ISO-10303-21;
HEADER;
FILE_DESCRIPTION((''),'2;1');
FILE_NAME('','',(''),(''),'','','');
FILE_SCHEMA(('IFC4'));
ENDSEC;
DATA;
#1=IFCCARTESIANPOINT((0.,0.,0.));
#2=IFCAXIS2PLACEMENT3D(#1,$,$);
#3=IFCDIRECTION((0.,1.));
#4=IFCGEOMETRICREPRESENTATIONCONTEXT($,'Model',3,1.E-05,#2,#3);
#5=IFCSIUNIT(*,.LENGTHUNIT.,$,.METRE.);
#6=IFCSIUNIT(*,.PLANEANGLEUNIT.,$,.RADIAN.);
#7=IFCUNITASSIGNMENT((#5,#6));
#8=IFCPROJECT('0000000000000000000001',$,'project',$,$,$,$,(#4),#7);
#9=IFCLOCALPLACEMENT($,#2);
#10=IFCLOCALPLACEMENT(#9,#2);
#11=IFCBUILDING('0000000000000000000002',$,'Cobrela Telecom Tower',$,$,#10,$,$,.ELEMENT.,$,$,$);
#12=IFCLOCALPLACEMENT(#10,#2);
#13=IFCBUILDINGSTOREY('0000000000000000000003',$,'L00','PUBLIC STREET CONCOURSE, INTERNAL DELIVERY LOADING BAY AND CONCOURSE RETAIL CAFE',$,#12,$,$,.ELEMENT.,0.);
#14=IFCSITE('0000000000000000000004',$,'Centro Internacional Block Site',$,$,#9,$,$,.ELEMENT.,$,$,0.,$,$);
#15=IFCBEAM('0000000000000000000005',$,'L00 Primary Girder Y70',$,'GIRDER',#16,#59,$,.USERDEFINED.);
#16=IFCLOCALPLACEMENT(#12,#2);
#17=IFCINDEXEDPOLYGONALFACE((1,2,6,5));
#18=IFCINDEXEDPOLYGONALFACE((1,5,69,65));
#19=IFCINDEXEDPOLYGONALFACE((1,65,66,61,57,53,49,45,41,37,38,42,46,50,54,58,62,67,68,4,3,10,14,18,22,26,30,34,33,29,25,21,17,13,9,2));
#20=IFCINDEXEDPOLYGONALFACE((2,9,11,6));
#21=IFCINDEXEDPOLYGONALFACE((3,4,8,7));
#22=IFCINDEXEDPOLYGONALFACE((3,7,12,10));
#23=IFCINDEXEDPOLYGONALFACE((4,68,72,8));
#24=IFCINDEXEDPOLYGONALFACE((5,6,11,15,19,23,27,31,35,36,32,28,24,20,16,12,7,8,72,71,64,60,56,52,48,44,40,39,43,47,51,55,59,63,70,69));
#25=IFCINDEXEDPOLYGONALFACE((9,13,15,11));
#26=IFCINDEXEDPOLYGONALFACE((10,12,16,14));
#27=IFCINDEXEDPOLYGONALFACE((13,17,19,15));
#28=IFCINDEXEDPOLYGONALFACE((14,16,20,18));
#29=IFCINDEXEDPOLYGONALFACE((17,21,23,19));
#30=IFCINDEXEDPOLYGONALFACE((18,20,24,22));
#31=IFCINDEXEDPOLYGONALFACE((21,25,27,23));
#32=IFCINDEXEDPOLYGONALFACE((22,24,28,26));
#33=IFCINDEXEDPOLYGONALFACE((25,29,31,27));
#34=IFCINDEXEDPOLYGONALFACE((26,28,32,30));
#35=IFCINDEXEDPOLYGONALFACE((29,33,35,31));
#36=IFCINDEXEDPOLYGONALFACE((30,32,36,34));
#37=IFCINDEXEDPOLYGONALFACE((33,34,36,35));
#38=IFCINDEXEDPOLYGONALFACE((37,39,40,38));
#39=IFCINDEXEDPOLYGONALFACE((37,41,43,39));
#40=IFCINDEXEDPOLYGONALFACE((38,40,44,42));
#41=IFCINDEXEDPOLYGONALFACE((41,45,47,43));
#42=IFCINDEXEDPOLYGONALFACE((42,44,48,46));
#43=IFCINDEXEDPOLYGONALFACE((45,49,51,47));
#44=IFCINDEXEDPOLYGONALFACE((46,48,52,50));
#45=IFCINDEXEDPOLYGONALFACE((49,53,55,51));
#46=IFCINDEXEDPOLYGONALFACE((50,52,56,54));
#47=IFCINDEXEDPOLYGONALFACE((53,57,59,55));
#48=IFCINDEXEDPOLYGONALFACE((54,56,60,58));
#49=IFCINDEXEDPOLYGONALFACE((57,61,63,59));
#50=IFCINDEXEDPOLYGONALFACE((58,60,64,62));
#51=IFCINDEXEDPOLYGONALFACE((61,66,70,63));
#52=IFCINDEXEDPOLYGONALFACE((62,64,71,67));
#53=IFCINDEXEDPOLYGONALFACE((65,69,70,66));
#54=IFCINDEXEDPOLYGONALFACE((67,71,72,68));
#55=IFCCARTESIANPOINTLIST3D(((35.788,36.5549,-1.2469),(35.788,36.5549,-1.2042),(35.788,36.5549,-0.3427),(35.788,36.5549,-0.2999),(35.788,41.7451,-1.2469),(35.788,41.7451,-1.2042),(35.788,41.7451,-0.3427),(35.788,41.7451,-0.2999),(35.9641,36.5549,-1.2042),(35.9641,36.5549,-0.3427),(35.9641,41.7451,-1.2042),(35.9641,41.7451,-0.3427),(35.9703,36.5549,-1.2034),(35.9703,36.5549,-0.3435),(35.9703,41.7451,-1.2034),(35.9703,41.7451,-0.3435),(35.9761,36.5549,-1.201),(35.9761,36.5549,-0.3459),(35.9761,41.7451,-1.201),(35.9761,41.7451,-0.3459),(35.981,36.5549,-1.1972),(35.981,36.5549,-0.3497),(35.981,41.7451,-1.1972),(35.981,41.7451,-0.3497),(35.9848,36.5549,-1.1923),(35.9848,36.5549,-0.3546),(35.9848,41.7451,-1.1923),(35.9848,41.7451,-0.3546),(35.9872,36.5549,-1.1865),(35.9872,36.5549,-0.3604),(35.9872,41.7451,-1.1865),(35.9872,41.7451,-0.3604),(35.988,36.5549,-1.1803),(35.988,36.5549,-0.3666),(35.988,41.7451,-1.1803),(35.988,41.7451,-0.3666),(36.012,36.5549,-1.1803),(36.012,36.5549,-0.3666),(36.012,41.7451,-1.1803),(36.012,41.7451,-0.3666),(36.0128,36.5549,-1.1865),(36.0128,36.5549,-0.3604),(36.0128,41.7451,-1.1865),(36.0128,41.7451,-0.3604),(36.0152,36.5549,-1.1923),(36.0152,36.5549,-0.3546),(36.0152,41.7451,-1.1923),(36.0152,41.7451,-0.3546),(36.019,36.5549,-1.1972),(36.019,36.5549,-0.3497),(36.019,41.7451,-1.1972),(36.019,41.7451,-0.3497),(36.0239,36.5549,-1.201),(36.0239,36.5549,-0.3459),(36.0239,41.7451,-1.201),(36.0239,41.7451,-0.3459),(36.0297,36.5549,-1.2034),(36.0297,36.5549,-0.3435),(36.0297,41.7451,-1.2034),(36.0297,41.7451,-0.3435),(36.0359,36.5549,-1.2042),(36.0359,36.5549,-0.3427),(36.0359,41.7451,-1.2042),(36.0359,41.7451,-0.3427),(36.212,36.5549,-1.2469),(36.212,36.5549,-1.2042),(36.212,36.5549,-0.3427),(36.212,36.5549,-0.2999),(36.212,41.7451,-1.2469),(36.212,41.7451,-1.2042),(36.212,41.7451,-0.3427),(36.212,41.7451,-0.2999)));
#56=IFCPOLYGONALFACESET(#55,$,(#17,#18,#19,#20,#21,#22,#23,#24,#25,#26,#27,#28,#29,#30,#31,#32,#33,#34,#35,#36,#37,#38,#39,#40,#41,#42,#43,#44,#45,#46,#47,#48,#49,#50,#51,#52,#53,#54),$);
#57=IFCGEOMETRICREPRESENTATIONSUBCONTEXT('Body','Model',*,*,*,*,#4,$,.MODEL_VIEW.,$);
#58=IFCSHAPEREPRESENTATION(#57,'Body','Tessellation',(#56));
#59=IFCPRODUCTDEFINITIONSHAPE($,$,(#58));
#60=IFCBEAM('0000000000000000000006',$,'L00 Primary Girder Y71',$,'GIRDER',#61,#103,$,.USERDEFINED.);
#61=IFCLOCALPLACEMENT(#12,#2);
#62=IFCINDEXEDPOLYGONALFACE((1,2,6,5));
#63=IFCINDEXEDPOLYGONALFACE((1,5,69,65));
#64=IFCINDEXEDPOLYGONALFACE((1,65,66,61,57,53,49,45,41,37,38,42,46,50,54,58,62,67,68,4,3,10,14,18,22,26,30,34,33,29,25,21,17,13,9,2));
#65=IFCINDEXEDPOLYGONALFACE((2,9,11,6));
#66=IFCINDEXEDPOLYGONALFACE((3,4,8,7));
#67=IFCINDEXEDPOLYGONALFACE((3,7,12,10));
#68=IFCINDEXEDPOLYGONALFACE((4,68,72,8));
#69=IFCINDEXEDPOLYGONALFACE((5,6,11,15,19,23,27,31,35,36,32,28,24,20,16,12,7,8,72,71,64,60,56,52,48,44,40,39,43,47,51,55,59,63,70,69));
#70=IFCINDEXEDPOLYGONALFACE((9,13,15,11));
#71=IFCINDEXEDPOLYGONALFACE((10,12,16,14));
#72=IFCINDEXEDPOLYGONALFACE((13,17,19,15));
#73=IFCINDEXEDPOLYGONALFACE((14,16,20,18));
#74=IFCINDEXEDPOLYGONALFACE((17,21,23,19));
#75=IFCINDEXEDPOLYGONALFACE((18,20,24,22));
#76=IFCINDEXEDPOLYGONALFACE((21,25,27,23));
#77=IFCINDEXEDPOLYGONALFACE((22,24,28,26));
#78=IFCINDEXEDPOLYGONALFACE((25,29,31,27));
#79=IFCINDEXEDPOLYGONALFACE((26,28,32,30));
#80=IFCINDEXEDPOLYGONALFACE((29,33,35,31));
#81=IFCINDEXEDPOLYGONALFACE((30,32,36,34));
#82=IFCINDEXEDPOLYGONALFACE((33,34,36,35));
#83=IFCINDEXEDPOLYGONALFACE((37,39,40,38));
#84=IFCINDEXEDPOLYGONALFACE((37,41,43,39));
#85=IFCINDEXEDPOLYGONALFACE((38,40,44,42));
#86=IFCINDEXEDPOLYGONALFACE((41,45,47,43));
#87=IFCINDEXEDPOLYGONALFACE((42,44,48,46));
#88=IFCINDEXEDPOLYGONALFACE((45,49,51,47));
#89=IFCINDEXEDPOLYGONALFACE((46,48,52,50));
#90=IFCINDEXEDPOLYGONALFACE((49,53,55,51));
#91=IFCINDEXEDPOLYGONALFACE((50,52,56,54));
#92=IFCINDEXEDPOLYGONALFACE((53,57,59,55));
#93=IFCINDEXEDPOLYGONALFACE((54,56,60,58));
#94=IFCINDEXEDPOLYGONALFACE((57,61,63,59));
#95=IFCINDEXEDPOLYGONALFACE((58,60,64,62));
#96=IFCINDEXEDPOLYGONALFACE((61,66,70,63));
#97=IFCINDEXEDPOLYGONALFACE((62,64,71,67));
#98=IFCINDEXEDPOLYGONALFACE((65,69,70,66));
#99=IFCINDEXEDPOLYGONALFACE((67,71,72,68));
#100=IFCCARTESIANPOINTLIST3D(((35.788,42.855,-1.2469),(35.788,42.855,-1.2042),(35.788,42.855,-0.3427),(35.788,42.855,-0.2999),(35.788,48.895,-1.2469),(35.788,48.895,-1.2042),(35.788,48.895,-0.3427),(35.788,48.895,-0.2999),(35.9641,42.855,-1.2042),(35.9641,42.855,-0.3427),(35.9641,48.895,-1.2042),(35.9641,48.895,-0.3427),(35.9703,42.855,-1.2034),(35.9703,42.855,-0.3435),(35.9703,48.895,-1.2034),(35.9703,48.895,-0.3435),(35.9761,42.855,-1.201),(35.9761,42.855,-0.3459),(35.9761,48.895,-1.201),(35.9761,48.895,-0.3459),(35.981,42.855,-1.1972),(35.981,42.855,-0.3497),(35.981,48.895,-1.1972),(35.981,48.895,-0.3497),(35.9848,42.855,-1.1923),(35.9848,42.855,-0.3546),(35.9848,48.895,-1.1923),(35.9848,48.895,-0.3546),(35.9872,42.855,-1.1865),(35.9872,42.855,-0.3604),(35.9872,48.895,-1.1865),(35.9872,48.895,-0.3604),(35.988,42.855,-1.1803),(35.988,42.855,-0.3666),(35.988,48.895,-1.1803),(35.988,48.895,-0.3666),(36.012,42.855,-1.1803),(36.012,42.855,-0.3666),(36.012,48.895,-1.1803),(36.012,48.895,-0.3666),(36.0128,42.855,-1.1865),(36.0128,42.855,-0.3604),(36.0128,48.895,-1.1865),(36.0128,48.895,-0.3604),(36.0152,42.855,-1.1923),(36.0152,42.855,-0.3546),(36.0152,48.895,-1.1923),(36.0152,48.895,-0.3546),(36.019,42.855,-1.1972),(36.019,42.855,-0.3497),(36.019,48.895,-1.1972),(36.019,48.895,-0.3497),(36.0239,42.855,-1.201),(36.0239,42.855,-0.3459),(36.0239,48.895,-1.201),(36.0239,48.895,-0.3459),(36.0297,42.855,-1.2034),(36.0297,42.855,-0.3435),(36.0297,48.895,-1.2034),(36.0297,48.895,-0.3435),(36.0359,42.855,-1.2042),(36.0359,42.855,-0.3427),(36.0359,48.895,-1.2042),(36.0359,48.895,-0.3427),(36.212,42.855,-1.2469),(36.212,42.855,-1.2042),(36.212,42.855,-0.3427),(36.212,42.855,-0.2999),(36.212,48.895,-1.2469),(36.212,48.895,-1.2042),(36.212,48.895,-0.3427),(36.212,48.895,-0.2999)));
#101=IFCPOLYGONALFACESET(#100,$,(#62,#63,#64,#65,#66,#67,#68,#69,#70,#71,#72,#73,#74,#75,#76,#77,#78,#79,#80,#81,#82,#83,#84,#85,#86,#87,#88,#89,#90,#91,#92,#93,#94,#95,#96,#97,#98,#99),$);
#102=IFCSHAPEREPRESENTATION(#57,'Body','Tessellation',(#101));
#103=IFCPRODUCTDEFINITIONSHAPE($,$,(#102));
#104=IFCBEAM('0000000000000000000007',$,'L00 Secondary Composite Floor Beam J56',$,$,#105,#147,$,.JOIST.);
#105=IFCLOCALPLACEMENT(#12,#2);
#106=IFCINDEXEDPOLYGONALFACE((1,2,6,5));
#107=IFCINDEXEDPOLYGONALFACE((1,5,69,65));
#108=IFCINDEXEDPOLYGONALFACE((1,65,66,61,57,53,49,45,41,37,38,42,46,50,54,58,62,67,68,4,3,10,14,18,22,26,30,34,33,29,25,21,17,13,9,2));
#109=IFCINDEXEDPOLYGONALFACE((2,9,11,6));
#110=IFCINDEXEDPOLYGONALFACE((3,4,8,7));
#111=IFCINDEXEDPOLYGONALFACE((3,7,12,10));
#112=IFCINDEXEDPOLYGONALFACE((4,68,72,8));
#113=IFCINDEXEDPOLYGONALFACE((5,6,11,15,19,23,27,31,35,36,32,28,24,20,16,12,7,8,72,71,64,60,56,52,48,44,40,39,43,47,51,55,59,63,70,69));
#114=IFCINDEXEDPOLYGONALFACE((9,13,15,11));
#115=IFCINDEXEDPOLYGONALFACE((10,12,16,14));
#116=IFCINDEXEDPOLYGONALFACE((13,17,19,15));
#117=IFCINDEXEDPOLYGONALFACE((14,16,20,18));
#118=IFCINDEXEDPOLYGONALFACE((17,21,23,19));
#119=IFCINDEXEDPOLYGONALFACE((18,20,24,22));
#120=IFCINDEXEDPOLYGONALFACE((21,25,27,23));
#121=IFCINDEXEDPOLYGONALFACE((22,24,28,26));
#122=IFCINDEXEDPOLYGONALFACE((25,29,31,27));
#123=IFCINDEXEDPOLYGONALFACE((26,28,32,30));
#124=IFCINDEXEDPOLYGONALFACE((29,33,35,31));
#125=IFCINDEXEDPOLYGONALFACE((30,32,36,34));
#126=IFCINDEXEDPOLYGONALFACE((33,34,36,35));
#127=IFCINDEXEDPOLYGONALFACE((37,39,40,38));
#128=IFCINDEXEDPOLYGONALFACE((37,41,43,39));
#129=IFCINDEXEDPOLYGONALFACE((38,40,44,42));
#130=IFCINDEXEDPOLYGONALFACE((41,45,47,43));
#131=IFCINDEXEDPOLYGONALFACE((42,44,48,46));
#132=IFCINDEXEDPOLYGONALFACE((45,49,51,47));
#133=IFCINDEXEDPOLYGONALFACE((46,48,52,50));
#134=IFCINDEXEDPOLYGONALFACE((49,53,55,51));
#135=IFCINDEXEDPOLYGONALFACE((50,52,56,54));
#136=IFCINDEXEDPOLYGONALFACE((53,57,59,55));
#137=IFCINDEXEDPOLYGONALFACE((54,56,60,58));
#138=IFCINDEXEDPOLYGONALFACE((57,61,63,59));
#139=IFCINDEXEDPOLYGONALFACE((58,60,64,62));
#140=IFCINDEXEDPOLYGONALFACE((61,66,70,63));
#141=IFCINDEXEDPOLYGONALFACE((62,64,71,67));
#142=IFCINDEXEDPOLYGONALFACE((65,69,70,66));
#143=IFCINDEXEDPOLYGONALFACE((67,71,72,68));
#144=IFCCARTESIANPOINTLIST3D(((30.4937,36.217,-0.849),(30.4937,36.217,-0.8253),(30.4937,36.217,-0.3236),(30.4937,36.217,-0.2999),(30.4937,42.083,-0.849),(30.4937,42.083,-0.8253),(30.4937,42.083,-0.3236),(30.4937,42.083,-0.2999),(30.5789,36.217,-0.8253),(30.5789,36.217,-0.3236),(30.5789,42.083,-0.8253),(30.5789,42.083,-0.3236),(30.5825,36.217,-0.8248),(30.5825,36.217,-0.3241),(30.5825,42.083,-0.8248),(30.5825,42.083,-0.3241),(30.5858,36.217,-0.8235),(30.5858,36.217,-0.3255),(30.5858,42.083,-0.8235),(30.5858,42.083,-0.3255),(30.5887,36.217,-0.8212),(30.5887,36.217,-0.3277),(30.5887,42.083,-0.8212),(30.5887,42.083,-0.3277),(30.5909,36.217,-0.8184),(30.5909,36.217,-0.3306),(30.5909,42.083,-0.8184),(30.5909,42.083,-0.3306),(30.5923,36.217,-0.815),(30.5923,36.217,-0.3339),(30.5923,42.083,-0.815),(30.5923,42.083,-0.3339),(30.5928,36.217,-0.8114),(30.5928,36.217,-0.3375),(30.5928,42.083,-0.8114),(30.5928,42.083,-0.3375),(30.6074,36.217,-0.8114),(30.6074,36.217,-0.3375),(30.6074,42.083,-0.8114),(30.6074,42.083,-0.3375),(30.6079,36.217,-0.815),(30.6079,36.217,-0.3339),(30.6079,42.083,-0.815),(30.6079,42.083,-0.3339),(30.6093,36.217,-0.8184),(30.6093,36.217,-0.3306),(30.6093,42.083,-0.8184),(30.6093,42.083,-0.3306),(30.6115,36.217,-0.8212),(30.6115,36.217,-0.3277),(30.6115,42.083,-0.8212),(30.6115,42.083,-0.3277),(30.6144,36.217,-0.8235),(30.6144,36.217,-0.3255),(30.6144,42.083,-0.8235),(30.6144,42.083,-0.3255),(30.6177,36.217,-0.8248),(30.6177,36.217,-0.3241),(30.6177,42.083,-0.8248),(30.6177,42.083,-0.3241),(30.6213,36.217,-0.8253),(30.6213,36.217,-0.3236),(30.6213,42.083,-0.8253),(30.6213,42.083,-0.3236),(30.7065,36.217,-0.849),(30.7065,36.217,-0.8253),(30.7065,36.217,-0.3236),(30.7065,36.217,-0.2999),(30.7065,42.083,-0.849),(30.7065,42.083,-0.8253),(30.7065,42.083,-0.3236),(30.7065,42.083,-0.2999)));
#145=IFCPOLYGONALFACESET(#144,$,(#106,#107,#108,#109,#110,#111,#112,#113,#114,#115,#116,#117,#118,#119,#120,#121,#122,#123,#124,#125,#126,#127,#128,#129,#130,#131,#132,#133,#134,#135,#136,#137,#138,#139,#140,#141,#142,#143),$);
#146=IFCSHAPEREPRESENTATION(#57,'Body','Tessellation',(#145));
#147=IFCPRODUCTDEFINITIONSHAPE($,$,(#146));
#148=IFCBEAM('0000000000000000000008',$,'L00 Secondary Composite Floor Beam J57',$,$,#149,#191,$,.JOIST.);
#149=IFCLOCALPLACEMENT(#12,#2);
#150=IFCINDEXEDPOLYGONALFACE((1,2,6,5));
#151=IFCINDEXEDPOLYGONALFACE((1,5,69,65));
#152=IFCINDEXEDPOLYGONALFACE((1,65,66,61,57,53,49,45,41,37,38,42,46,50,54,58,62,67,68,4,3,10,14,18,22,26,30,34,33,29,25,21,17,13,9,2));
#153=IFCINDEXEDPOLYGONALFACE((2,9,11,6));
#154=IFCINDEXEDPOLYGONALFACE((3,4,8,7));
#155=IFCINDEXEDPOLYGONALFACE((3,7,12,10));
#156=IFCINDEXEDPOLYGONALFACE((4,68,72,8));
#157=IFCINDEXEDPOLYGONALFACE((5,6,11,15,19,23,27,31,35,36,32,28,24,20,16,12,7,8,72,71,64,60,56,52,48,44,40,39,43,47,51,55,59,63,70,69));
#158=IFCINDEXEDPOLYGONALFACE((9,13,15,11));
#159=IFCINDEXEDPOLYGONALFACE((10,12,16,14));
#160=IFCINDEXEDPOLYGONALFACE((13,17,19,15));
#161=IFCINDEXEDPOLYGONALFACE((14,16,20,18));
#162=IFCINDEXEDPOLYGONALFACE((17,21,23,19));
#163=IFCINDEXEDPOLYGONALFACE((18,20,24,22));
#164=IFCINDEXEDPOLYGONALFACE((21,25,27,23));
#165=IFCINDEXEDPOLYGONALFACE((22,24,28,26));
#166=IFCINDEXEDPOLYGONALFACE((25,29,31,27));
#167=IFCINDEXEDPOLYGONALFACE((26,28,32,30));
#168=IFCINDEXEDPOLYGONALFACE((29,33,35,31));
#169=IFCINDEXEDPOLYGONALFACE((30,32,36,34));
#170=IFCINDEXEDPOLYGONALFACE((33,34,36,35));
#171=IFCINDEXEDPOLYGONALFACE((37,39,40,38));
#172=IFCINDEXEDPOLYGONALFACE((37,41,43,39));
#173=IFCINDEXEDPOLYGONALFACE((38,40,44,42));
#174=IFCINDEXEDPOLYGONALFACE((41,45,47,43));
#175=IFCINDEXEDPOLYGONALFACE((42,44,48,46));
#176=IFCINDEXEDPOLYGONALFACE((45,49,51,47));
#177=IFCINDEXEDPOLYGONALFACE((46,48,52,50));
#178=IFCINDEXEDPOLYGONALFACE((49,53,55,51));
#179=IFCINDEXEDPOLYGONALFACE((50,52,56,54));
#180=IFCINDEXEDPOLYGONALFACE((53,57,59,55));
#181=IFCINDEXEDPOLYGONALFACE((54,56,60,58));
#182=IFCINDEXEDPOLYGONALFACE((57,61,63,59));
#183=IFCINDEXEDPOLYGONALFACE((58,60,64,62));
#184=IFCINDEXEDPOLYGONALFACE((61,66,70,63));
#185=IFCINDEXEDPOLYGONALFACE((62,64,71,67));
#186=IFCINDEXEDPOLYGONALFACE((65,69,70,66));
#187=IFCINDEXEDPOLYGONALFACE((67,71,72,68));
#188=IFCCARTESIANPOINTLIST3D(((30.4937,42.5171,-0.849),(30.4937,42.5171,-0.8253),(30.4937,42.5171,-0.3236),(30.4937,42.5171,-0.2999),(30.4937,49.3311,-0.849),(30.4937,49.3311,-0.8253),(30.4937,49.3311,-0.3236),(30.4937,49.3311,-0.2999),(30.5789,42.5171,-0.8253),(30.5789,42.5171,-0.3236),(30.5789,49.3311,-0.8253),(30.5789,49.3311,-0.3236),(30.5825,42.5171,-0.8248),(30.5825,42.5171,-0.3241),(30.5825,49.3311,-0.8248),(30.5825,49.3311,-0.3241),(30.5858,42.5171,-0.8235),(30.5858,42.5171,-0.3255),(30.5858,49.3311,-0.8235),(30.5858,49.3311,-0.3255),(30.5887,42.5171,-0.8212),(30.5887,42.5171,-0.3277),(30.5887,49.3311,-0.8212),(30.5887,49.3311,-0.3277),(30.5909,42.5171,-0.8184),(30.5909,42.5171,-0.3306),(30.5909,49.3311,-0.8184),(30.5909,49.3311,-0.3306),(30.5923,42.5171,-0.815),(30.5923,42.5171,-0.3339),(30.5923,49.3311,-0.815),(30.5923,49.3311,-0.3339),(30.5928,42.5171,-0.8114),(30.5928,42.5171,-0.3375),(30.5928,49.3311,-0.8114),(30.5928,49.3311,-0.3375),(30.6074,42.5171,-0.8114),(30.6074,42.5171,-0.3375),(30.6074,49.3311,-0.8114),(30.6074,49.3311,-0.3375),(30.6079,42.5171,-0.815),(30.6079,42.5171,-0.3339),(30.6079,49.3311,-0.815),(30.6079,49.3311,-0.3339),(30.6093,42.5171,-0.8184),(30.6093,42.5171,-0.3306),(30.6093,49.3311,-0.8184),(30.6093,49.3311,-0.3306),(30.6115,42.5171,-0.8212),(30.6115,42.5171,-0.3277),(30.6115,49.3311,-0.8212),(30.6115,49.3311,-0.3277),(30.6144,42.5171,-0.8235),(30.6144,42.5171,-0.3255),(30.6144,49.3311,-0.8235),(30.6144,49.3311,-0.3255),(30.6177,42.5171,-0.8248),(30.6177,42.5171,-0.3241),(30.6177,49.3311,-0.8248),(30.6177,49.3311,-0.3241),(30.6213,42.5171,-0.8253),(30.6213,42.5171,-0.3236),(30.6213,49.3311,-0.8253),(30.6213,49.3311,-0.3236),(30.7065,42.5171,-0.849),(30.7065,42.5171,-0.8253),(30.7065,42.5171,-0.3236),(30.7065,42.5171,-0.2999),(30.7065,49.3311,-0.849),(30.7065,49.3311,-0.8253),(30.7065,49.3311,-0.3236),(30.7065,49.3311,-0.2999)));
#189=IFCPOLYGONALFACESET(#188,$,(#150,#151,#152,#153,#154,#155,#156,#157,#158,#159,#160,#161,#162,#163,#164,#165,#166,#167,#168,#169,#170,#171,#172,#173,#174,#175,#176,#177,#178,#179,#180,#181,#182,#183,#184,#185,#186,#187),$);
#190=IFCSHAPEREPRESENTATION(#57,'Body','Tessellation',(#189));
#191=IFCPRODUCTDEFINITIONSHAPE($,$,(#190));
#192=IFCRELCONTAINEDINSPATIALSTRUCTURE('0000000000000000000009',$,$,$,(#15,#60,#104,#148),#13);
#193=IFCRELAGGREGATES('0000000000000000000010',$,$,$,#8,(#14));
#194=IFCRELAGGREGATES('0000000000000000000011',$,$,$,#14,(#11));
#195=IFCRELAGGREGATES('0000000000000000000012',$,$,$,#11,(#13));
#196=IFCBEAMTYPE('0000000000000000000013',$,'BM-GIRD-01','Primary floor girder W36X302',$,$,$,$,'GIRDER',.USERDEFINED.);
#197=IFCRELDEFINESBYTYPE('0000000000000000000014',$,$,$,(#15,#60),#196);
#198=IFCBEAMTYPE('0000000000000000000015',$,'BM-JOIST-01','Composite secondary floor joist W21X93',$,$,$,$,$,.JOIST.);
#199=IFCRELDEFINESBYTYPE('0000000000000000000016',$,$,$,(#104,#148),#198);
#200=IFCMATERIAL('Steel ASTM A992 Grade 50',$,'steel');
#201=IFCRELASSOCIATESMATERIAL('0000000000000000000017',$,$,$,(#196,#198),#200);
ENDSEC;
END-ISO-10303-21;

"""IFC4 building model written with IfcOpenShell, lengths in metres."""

from ifc_helpers import new_model, si_unit, direction, frame, origin, origin_2d, place, context, subcontext, project, spatial, i_section, extrude, material, material_profile, profile_set, type_object, element, save


model = new_model("IFC4")

# Units and contexts
model_context = context("Model", 3, precision=1e-05, world=origin(), true_north=direction((0.0, 1.0)))
body_context = subcontext(model_context, "Body", "Model", "MODEL_VIEW")
ifc_project = project(units=[si_unit("LENGTHUNIT", "METRE"), si_unit("PLANEANGLEUNIT", "RADIAN")], contexts=[model_context])

# Site, building, storey
site_placement = place(None, origin())
site = spatial("IfcSite", under=ifc_project, at=site_placement, Name="Centro Internacional Block Site", CompositionType="ELEMENT", RefElevation=0.0)
building_placement = place(site_placement, origin())
building = spatial("IfcBuilding", under=site, at=building_placement, Name="Cobrela Telecom Tower", CompositionType="ELEMENT")
storey_placement = place(building_placement, origin())
storey = spatial("IfcBuildingStorey", under=building, at=storey_placement, Name="L00", Description="PUBLIC STREET CONCOURSE, INTERNAL DELIVERY LOADING BAY AND CONCOURSE RETAIL CAFE", CompositionType="ELEMENT", Elevation=0.0)

# Beams
ifc_material_1 = material(Name="Steel ASTM A992 Grade 50", Category="steel")
ifc_material_profile_1 = material_profile(ifc_material_1, i_section(OverallWidth=0.4241, OverallDepth=0.947, WebThickness=0.0239, FlangeThickness=0.0427, FilletRadius=0.0239, at=origin_2d()), Name="W36X302")
ifc_profile_set_1 = profile_set([ifc_material_profile_1], Name="Steel ASTM A992 Grade 50")
beam_type_1 = type_object("IfcBeamType", Name="BM-GIRD-01", Description="Primary floor girder W36X302", ElementType="GIRDER", PredefinedType="USERDEFINED", material=ifc_profile_set_1)
beam_1_placement = place(storey_placement, frame((36.0, 36.5549, -0.7734), z_axis=(0.0, 1.0, 0.0), x_axis=(-1.0, 0.0, 0.0)))
element("IfcBeam", 1, at=beam_1_placement, inside=storey, type_object=beam_type_1, Name="L00 Primary Girder Y70", ObjectType="GIRDER", PredefinedType="USERDEFINED", context=body_context, shape_type="SweptSolid", body=[
    extrude(i_section(OverallWidth=0.4241, OverallDepth=0.947, WebThickness=0.0239, FlangeThickness=0.0427, FilletRadius=0.0239, at=origin_2d()), origin(), (0.0, 0.0, 1.0), 5.1902),
])
beam_2_placement = place(storey_placement, frame((36.0, 42.855, -0.7734), z_axis=(0.0, 1.0, 0.0), x_axis=(-1.0, 0.0, 0.0)))
element("IfcBeam", 2, at=beam_2_placement, inside=storey, type_object=beam_type_1, Name="L00 Primary Girder Y71", ObjectType="GIRDER", PredefinedType="USERDEFINED", context=body_context, shape_type="SweptSolid", body=[
    extrude(i_section(OverallWidth=0.4241, OverallDepth=0.947, WebThickness=0.0239, FlangeThickness=0.0427, FilletRadius=0.0239, at=origin_2d()), origin(), (0.0, 0.0, 1.0), 6.04),
])
ifc_material_profile_2 = material_profile(ifc_material_1, i_section(OverallWidth=0.2129, OverallDepth=0.5491, WebThickness=0.0146, FlangeThickness=0.0237, FilletRadius=0.0139, at=origin_2d()), Name="W21X93")
ifc_profile_set_2 = profile_set([ifc_material_profile_2], Name="Steel ASTM A992 Grade 50")
beam_type_2 = type_object("IfcBeamType", Name="BM-JOIST-01", Description="Composite secondary floor joist W21X93", PredefinedType="JOIST", material=ifc_profile_set_2)
beam_3_placement = place(storey_placement, frame((30.6001, 36.217, -0.5745), z_axis=(0.0, 1.0, 0.0), x_axis=(-1.0, 0.0, 0.0)))
element("IfcBeam", 3, at=beam_3_placement, inside=storey, type_object=beam_type_2, Name="L00 Secondary Composite Floor Beam J56", PredefinedType="JOIST", context=body_context, shape_type="SweptSolid", body=[
    extrude(i_section(OverallWidth=0.2129, OverallDepth=0.5491, WebThickness=0.0146, FlangeThickness=0.0237, FilletRadius=0.0139, at=origin_2d()), origin(), (0.0, 0.0, 1.0), 5.866),
])
beam_4_placement = place(storey_placement, frame((30.6001, 42.5171, -0.5745), z_axis=(0.0, 1.0, 0.0), x_axis=(-1.0, 0.0, 0.0)))
element("IfcBeam", 4, at=beam_4_placement, inside=storey, type_object=beam_type_2, Name="L00 Secondary Composite Floor Beam J57", PredefinedType="JOIST", context=body_context, shape_type="SweptSolid", body=[
    extrude(i_section(OverallWidth=0.2129, OverallDepth=0.5491, WebThickness=0.0146, FlangeThickness=0.0237, FilletRadius=0.0139, at=origin_2d()), origin(), (0.0, 0.0, 1.0), 6.814),
])

save(model, "model.ifc")
